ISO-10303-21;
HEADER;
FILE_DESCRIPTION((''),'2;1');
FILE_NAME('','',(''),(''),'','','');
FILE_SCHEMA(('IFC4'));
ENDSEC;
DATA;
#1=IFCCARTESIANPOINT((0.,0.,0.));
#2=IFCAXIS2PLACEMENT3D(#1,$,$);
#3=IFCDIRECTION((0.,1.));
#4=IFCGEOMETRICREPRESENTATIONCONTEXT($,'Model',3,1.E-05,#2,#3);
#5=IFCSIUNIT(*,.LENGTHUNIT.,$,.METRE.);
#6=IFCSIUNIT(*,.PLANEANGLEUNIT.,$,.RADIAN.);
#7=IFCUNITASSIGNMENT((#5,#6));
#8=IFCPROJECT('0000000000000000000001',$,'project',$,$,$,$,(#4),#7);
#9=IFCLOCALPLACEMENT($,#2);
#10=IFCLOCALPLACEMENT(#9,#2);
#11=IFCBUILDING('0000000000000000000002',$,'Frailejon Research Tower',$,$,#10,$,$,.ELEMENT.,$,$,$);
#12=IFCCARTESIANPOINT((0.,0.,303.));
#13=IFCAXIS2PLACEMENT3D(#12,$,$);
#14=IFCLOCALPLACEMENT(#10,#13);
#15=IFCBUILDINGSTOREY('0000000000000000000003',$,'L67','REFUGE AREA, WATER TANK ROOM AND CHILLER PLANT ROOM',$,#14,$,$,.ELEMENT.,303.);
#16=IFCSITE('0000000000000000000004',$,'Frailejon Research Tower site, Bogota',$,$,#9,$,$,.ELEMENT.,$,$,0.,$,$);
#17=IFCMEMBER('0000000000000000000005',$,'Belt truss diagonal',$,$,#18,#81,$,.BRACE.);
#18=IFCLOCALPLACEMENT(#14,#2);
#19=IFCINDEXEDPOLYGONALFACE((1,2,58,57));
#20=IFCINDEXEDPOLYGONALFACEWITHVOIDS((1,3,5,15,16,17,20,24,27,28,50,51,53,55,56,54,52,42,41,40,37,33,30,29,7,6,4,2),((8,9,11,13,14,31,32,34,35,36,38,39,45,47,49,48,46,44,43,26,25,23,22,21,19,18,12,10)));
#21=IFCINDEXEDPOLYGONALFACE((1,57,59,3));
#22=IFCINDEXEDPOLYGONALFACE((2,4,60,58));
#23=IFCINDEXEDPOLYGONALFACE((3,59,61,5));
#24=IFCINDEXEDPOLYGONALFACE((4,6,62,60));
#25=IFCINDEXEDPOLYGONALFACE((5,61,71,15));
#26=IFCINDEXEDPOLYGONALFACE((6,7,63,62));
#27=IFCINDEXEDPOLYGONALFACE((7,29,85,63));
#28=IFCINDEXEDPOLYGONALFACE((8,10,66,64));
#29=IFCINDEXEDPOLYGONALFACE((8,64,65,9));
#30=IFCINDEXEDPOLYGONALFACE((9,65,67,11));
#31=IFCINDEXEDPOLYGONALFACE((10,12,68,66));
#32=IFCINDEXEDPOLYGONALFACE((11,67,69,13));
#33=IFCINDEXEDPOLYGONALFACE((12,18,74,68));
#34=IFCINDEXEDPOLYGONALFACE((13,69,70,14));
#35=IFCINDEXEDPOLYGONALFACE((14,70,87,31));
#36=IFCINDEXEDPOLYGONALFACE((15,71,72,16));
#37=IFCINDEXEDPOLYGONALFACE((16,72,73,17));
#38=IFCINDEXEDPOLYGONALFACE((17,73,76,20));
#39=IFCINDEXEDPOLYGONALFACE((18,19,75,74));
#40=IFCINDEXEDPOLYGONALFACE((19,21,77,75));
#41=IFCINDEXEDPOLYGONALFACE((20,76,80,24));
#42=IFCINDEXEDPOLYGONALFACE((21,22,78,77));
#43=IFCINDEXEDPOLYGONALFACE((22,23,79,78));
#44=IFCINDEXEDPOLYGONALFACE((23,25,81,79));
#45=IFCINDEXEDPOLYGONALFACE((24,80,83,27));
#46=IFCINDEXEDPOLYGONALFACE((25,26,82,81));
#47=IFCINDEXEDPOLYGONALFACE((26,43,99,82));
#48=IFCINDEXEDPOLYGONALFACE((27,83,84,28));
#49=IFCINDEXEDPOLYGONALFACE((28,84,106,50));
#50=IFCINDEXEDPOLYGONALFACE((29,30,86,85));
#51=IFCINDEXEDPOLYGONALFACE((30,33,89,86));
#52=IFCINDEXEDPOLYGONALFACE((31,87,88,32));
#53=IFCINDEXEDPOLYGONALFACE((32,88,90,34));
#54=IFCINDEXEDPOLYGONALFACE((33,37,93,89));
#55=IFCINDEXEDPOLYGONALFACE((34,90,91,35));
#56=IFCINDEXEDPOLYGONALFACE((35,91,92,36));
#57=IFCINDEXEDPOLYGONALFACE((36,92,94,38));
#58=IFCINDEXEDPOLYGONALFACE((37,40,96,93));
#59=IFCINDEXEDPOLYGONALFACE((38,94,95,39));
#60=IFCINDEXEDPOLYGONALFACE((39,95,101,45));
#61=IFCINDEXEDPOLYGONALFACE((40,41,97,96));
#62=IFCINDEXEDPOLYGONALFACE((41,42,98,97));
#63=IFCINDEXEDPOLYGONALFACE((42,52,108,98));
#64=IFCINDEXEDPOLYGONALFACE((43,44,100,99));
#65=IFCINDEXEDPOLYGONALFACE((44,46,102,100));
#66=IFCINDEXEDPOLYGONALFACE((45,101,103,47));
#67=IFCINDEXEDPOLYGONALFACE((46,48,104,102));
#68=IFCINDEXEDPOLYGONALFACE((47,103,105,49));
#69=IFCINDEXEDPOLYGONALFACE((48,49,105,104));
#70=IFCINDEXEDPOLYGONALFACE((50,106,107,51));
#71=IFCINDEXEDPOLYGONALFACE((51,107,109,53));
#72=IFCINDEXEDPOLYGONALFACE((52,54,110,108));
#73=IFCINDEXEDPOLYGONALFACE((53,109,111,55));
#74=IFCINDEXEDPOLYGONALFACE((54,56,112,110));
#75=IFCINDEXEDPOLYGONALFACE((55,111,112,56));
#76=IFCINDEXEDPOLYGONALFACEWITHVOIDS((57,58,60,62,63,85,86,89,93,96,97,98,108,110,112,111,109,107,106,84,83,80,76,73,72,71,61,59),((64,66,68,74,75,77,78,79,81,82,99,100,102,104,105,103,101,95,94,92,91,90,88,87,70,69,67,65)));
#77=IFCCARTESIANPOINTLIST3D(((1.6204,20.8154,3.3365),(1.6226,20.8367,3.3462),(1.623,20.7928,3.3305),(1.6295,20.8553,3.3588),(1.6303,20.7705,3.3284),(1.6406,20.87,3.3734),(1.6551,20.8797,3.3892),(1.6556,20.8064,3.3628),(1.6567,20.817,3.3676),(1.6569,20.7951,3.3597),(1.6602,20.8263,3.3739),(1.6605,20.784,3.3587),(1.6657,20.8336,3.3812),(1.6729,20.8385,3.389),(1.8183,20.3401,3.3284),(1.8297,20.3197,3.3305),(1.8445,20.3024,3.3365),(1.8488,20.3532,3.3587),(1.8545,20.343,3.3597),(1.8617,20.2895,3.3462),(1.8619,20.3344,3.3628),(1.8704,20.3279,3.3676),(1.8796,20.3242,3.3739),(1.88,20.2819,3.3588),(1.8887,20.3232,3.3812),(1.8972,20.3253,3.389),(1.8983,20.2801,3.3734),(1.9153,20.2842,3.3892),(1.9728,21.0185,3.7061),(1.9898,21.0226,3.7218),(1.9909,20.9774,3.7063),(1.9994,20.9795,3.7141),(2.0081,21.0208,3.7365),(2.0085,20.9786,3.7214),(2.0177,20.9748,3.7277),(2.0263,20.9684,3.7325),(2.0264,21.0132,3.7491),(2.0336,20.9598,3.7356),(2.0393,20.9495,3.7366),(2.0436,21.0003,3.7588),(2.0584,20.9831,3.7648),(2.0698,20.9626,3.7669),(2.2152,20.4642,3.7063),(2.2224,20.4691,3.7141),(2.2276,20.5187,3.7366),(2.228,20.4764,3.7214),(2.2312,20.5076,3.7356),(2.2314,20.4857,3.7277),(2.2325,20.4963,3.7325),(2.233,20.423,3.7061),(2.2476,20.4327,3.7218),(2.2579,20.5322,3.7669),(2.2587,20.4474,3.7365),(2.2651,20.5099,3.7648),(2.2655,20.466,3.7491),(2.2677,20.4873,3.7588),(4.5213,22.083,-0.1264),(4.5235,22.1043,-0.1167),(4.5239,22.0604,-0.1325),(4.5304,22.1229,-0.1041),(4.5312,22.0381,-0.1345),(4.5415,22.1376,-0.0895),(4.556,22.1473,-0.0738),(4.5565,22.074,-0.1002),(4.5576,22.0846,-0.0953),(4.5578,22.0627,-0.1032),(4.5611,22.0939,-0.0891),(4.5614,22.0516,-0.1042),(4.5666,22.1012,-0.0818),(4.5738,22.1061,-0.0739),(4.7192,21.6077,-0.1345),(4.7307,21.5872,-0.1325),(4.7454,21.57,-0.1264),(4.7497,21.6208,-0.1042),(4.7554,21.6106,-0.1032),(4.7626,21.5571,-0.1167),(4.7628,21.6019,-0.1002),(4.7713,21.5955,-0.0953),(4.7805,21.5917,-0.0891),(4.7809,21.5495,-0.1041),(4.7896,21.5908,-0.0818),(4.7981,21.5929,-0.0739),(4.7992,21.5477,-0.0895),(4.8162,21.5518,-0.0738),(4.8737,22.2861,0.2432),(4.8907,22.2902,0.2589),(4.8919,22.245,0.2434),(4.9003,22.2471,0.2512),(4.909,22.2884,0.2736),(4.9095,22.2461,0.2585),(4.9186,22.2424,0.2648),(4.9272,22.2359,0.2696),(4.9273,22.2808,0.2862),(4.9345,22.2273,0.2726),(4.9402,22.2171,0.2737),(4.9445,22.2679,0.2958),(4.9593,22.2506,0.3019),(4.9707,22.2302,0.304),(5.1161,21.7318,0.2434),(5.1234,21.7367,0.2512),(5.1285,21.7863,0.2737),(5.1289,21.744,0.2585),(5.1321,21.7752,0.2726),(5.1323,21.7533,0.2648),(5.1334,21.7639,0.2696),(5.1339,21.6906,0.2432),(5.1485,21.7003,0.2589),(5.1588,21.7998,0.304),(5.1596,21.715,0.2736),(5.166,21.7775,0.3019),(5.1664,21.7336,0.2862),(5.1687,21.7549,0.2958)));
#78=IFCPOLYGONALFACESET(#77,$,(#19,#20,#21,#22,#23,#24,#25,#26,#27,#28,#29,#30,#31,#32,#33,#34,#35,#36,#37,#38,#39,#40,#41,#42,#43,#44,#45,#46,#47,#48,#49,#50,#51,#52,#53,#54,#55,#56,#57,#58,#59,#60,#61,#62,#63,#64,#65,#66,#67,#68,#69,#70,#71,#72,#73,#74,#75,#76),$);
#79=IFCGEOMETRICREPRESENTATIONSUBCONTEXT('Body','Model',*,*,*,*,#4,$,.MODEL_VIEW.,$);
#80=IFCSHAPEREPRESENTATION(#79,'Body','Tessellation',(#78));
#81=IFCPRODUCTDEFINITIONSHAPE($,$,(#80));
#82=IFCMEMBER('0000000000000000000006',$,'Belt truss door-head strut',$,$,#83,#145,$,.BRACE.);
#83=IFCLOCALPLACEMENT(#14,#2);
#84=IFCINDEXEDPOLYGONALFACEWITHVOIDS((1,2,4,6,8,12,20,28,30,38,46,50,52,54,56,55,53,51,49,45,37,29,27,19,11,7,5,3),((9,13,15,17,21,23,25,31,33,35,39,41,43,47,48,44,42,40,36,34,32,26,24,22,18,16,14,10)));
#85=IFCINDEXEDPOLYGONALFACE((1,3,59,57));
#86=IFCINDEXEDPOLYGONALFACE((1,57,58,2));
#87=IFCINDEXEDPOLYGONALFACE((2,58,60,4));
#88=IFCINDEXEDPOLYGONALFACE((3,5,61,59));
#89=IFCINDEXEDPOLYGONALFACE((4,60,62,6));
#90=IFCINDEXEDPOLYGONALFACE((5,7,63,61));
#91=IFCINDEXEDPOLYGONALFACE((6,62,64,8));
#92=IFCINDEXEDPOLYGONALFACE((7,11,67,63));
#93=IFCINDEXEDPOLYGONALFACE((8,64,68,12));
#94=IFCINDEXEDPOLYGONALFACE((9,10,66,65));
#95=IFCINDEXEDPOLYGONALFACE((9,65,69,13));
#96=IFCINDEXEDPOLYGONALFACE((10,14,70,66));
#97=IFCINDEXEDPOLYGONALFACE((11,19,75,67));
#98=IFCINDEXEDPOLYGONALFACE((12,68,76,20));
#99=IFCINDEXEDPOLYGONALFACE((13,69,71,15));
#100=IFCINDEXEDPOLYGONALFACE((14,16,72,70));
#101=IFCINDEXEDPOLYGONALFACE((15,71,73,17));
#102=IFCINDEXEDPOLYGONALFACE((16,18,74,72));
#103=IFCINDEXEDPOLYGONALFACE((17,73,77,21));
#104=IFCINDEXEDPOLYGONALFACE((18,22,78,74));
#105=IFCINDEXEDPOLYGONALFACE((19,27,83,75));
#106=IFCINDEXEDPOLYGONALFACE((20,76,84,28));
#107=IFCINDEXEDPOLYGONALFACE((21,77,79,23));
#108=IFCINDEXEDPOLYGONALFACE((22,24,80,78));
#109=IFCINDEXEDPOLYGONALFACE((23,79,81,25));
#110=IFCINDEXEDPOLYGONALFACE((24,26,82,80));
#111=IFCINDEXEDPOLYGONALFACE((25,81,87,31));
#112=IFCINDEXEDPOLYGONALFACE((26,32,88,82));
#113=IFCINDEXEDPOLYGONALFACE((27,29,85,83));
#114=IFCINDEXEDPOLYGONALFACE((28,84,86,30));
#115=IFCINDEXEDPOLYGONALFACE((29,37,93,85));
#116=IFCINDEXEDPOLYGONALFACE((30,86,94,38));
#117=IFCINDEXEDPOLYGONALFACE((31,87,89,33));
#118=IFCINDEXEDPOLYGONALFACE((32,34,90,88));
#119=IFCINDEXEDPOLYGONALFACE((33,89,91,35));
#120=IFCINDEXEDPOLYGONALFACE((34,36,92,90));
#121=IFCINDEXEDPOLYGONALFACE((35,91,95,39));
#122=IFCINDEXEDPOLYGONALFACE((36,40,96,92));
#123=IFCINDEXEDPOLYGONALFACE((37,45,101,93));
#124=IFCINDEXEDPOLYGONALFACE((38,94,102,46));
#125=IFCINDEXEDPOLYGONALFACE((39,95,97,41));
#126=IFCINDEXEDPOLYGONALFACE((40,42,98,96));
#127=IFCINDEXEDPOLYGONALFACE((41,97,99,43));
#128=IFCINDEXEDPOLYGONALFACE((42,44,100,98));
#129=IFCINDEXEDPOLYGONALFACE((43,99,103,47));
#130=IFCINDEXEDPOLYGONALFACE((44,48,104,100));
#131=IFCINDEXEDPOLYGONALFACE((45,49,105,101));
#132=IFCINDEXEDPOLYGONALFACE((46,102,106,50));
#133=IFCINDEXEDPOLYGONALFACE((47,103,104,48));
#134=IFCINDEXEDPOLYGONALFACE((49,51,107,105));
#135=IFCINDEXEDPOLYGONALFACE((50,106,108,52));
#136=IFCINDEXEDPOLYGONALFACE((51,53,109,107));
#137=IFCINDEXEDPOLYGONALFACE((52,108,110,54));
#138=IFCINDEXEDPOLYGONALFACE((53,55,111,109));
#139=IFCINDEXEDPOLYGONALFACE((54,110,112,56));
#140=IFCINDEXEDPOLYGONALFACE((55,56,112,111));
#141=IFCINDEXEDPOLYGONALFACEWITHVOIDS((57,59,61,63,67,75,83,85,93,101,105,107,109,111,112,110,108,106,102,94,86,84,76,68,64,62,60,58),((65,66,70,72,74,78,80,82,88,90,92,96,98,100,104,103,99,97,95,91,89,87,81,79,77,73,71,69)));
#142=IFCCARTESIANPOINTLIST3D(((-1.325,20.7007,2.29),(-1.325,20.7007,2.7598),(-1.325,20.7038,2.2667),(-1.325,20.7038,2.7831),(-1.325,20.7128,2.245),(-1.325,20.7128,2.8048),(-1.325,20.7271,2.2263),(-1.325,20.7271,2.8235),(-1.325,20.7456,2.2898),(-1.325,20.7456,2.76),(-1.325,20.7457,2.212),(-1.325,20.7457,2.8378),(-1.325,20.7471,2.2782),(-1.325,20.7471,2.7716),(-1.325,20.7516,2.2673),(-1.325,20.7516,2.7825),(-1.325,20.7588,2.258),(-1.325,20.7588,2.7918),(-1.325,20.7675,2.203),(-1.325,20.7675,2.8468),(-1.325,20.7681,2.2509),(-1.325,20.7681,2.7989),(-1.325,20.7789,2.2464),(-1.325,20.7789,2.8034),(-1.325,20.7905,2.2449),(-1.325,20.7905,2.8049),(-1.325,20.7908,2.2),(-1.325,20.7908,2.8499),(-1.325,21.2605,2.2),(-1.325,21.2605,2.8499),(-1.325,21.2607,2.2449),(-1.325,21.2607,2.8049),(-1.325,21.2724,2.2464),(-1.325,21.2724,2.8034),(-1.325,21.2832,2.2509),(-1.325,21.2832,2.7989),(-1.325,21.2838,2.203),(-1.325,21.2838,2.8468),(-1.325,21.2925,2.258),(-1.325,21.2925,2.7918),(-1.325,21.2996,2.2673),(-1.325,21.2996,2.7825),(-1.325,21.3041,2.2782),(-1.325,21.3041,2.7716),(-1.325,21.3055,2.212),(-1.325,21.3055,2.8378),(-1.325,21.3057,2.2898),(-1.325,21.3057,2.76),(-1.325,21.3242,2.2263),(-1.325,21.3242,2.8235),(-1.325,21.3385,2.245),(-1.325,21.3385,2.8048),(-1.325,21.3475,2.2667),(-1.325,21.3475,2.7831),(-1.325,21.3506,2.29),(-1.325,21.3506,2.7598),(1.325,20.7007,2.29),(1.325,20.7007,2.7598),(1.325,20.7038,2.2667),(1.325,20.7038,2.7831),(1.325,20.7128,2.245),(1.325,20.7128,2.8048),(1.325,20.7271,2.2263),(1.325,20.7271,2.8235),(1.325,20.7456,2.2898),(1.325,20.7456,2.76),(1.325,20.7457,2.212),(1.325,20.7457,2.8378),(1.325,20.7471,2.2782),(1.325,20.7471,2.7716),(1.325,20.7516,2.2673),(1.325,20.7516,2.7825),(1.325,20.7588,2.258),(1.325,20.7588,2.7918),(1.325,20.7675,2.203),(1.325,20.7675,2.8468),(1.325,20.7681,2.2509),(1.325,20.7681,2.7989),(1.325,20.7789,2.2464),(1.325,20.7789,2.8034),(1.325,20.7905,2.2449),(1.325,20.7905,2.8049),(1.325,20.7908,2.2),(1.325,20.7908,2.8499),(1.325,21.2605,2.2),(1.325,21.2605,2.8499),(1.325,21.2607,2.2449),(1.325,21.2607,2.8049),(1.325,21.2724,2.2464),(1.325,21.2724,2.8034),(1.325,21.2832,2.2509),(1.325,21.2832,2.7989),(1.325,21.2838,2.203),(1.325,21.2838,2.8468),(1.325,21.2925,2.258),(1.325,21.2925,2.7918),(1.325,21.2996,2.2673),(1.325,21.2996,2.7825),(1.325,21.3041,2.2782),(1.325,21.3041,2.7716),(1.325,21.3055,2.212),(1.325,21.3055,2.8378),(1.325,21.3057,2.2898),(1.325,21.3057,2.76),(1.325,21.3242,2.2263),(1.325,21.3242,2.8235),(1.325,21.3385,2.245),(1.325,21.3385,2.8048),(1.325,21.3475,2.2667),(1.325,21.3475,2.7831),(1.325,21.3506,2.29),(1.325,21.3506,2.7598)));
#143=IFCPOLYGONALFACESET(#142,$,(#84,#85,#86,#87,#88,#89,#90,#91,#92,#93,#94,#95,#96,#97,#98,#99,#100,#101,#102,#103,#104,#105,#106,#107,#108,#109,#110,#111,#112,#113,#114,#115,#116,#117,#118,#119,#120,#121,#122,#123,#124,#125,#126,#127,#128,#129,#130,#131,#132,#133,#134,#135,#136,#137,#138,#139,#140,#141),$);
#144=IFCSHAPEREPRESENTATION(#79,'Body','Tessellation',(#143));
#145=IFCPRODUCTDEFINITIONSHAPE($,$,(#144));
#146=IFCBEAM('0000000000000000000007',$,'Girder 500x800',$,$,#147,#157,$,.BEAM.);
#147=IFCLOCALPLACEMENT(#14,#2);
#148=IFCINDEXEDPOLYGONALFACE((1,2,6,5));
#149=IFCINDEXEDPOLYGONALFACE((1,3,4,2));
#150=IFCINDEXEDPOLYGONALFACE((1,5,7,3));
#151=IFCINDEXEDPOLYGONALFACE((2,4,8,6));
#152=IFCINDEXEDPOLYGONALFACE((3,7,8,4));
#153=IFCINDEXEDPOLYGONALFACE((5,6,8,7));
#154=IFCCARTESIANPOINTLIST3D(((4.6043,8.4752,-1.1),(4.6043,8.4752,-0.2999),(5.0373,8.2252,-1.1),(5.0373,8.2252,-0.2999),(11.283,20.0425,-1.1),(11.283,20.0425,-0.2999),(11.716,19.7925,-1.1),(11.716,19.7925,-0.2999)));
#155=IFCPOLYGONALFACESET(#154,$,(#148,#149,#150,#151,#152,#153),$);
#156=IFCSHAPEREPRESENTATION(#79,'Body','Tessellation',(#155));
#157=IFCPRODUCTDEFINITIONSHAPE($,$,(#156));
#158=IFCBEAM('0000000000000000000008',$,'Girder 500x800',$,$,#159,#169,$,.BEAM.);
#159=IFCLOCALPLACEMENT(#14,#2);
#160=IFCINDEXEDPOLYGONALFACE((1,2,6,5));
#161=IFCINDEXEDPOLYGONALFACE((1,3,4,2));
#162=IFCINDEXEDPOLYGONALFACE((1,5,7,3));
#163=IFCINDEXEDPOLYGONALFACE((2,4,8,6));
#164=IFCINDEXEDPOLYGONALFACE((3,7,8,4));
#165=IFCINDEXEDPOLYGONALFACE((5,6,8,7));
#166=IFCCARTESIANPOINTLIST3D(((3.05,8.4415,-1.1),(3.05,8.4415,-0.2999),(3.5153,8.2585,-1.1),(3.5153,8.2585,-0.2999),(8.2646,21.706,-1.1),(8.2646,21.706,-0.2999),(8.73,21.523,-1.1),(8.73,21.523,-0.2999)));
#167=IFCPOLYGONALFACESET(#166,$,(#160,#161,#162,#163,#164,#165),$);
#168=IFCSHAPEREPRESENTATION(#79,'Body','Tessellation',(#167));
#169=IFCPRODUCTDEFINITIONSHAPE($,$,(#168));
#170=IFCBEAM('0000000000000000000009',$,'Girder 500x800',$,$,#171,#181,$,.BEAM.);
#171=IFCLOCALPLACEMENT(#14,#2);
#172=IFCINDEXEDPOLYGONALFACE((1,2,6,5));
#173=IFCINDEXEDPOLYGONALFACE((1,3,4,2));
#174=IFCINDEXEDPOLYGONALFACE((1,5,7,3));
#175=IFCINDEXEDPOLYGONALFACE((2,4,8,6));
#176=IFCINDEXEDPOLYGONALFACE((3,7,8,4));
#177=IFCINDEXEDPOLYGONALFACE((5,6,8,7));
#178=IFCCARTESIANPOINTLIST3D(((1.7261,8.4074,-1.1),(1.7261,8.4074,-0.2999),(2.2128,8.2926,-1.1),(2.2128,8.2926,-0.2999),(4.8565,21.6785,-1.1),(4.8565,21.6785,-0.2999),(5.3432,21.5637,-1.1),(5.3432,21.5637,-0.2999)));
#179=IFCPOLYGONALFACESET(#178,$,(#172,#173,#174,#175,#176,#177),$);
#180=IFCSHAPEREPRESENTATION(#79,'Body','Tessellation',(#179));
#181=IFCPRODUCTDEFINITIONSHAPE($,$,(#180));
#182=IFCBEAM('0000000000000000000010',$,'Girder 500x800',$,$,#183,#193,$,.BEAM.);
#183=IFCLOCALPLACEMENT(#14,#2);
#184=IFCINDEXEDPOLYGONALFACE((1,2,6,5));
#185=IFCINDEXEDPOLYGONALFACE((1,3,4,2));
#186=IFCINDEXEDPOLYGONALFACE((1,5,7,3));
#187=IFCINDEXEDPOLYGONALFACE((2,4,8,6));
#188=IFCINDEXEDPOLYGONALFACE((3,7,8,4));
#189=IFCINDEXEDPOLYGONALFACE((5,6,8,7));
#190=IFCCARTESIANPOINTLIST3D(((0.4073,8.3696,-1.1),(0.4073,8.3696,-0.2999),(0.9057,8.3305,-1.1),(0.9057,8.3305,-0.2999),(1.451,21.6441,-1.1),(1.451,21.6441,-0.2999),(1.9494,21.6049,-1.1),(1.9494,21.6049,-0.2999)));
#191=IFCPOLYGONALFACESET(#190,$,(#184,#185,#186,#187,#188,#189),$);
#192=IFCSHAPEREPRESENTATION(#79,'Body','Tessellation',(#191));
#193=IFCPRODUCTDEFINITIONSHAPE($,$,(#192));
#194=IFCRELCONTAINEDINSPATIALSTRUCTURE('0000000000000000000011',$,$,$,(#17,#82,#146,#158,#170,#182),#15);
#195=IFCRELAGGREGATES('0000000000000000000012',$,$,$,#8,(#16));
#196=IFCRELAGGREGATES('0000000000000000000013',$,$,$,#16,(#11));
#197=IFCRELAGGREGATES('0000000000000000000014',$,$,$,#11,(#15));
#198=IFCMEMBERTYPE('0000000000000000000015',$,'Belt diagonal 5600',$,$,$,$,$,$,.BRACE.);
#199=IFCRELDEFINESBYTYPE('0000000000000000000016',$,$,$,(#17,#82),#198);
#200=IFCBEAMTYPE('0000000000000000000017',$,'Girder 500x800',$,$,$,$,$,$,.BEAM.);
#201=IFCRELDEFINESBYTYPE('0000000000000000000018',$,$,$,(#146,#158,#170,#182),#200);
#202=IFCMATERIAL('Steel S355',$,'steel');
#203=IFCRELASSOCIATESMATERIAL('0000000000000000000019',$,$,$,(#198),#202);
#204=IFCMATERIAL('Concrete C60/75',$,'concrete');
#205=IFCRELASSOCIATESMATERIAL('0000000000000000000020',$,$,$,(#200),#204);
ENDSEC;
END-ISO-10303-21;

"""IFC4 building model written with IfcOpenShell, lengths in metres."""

from ifc_helpers import new_model, si_unit, direction, frame, origin, origin_2d, place, context, subcontext, project, spatial, rectangle, hollow_rectangle, extrude, material, material_profile, profile_set, type_object, element, save


model = new_model("IFC4")

# Units and contexts
model_context = context("Model", 3, precision=1e-05, world=origin(), true_north=direction((0.0, 1.0)))
body_context = subcontext(model_context, "Body", "Model", "MODEL_VIEW")
ifc_project = project(units=[si_unit("LENGTHUNIT", "METRE"), si_unit("PLANEANGLEUNIT", "RADIAN")], contexts=[model_context])

# Site, building, storey
site_placement = place(None, origin())
site = spatial("IfcSite", under=ifc_project, at=site_placement, Name="Frailejon Research Tower site, Bogota", CompositionType="ELEMENT", RefElevation=0.0)
building_placement = place(site_placement, origin())
building = spatial("IfcBuilding", under=site, at=building_placement, Name="Frailejon Research Tower", CompositionType="ELEMENT")
storey_placement = place(building_placement, frame((0.0, 0.0, 303.0)))
storey = spatial("IfcBuildingStorey", under=building, at=storey_placement, Name="L67", Description="REFUGE AREA, WATER TANK ROOM AND CHILLER PLANT ROOM", CompositionType="ELEMENT", Elevation=303.0)

# Members
ifc_material_1 = material(Name="Steel S355", Category="steel")
ifc_material_profile_1 = material_profile(ifc_material_1, hollow_rectangle(XDim=0.6499, YDim=0.6499, WallThickness=0.0449, InnerFilletRadius=0.0449, OuterFilletRadius=0.0901, at=origin_2d()), Name="Belt diagonal 5600")
ifc_profile_set_1 = profile_set([ifc_material_profile_1], Name="Steel S355")
member_type = type_object("IfcMemberType", Name="Belt diagonal 5600", PredefinedType="BRACE", material=ifc_profile_set_1)
member_1_placement = place(storey_placement, frame((4.845, 21.9189, 0.0847), z_axis=(-0.61828, -0.270166, 0.738065), x_axis=(0.400406, -0.916338, 0.0)))
element("IfcMember", 1, at=member_1_placement, inside=storey, type_object=member_type, Name="Belt truss diagonal", PredefinedType="BRACE", context=body_context, shape_type="SweptSolid", body=[
    extrude(hollow_rectangle(XDim=0.6499, YDim=0.6499, WallThickness=0.0449, InnerFilletRadius=0.0449, OuterFilletRadius=0.0901, at=origin_2d()), origin(), (0.0, 0.0, 1.0), 4.6919),
])
member_2_placement = place(storey_placement, frame((1.325, 21.0256, 2.5249), z_axis=(-1.0, 0.0, 0.0), x_axis=(0.0, -1.0, 0.0)))
element("IfcMember", 2, at=member_2_placement, inside=storey, type_object=member_type, Name="Belt truss door-head strut", PredefinedType="BRACE", context=body_context, shape_type="SweptSolid", body=[
    extrude(hollow_rectangle(XDim=0.6499, YDim=0.6499, WallThickness=0.0449, InnerFilletRadius=0.0449, OuterFilletRadius=0.0901, at=origin_2d()), origin(), (0.0, 0.0, 1.0), 2.6499),
])

# Beams
ifc_material_2 = material(Name="Concrete C60/75", Category="concrete")
ifc_material_profile_2 = material_profile(ifc_material_2, rectangle(XDim=0.5, YDim=0.8, at=origin_2d()), Name="Girder 500x800")
ifc_profile_set_2 = profile_set([ifc_material_profile_2], Name="Concrete C60/75")
beam_type_1 = type_object("IfcBeamType", Name="Girder 500x800", PredefinedType="BEAM", material=ifc_profile_set_2)
beam_1_placement = place(storey_placement, frame((11.4995, 19.9175, -0.7), z_axis=(-0.500016, -0.866016, 0.0), x_axis=(0.866016, -0.500016, 0.0)))
element("IfcBeam", 3, at=beam_1_placement, inside=storey, type_object=beam_type_1, Name="Girder 500x800", PredefinedType="BEAM", context=body_context, shape_type="SweptSolid", body=[
    extrude(rectangle(XDim=0.5, YDim=0.8, at=origin_2d()), origin(), (0.0, 0.0, 1.0), 13.3569),
])
beam_2_placement = place(storey_placement, frame((8.4973, 21.6145, -0.7), z_axis=(-0.36587, -0.930666, 0.0), x_axis=(0.930666, -0.36587, 0.0)))
element("IfcBeam", 4, at=beam_2_placement, inside=storey, type_object=beam_type_1, Name="Girder 500x800", PredefinedType="BEAM", context=body_context, shape_type="SweptSolid", body=[
    extrude(rectangle(XDim=0.5, YDim=0.8, at=origin_2d()), origin(), (0.0, 0.0, 1.0), 14.2527),
])
beam_3_placement = place(storey_placement, frame((5.0999, 21.6211, -0.7), z_axis=(-0.22958, -0.97329, 0.0), x_axis=(0.97329, -0.22958, 0.0)))
element("IfcBeam", 5, at=beam_3_placement, inside=storey, type_object=beam_type_1, Name="Girder 500x800", PredefinedType="BEAM", context=body_context, shape_type="SweptSolid", body=[
    extrude(rectangle(XDim=0.5, YDim=0.8, at=origin_2d()), origin(), (0.0, 0.0, 1.0), 13.6353),
])
beam_4_placement = place(storey_placement, frame((1.7002, 21.6245, -0.7), z_axis=(-0.078383, -0.996923, 0.0), x_axis=(0.996923, -0.078383, 0.0)))
element("IfcBeam", 6, at=beam_4_placement, inside=storey, type_object=beam_type_1, Name="Girder 500x800", PredefinedType="BEAM", context=body_context, shape_type="SweptSolid", body=[
    extrude(rectangle(XDim=0.5, YDim=0.8, at=origin_2d()), origin(), (0.0, 0.0, 1.0), 13.3154),
])

save(model, "model.ifc")
